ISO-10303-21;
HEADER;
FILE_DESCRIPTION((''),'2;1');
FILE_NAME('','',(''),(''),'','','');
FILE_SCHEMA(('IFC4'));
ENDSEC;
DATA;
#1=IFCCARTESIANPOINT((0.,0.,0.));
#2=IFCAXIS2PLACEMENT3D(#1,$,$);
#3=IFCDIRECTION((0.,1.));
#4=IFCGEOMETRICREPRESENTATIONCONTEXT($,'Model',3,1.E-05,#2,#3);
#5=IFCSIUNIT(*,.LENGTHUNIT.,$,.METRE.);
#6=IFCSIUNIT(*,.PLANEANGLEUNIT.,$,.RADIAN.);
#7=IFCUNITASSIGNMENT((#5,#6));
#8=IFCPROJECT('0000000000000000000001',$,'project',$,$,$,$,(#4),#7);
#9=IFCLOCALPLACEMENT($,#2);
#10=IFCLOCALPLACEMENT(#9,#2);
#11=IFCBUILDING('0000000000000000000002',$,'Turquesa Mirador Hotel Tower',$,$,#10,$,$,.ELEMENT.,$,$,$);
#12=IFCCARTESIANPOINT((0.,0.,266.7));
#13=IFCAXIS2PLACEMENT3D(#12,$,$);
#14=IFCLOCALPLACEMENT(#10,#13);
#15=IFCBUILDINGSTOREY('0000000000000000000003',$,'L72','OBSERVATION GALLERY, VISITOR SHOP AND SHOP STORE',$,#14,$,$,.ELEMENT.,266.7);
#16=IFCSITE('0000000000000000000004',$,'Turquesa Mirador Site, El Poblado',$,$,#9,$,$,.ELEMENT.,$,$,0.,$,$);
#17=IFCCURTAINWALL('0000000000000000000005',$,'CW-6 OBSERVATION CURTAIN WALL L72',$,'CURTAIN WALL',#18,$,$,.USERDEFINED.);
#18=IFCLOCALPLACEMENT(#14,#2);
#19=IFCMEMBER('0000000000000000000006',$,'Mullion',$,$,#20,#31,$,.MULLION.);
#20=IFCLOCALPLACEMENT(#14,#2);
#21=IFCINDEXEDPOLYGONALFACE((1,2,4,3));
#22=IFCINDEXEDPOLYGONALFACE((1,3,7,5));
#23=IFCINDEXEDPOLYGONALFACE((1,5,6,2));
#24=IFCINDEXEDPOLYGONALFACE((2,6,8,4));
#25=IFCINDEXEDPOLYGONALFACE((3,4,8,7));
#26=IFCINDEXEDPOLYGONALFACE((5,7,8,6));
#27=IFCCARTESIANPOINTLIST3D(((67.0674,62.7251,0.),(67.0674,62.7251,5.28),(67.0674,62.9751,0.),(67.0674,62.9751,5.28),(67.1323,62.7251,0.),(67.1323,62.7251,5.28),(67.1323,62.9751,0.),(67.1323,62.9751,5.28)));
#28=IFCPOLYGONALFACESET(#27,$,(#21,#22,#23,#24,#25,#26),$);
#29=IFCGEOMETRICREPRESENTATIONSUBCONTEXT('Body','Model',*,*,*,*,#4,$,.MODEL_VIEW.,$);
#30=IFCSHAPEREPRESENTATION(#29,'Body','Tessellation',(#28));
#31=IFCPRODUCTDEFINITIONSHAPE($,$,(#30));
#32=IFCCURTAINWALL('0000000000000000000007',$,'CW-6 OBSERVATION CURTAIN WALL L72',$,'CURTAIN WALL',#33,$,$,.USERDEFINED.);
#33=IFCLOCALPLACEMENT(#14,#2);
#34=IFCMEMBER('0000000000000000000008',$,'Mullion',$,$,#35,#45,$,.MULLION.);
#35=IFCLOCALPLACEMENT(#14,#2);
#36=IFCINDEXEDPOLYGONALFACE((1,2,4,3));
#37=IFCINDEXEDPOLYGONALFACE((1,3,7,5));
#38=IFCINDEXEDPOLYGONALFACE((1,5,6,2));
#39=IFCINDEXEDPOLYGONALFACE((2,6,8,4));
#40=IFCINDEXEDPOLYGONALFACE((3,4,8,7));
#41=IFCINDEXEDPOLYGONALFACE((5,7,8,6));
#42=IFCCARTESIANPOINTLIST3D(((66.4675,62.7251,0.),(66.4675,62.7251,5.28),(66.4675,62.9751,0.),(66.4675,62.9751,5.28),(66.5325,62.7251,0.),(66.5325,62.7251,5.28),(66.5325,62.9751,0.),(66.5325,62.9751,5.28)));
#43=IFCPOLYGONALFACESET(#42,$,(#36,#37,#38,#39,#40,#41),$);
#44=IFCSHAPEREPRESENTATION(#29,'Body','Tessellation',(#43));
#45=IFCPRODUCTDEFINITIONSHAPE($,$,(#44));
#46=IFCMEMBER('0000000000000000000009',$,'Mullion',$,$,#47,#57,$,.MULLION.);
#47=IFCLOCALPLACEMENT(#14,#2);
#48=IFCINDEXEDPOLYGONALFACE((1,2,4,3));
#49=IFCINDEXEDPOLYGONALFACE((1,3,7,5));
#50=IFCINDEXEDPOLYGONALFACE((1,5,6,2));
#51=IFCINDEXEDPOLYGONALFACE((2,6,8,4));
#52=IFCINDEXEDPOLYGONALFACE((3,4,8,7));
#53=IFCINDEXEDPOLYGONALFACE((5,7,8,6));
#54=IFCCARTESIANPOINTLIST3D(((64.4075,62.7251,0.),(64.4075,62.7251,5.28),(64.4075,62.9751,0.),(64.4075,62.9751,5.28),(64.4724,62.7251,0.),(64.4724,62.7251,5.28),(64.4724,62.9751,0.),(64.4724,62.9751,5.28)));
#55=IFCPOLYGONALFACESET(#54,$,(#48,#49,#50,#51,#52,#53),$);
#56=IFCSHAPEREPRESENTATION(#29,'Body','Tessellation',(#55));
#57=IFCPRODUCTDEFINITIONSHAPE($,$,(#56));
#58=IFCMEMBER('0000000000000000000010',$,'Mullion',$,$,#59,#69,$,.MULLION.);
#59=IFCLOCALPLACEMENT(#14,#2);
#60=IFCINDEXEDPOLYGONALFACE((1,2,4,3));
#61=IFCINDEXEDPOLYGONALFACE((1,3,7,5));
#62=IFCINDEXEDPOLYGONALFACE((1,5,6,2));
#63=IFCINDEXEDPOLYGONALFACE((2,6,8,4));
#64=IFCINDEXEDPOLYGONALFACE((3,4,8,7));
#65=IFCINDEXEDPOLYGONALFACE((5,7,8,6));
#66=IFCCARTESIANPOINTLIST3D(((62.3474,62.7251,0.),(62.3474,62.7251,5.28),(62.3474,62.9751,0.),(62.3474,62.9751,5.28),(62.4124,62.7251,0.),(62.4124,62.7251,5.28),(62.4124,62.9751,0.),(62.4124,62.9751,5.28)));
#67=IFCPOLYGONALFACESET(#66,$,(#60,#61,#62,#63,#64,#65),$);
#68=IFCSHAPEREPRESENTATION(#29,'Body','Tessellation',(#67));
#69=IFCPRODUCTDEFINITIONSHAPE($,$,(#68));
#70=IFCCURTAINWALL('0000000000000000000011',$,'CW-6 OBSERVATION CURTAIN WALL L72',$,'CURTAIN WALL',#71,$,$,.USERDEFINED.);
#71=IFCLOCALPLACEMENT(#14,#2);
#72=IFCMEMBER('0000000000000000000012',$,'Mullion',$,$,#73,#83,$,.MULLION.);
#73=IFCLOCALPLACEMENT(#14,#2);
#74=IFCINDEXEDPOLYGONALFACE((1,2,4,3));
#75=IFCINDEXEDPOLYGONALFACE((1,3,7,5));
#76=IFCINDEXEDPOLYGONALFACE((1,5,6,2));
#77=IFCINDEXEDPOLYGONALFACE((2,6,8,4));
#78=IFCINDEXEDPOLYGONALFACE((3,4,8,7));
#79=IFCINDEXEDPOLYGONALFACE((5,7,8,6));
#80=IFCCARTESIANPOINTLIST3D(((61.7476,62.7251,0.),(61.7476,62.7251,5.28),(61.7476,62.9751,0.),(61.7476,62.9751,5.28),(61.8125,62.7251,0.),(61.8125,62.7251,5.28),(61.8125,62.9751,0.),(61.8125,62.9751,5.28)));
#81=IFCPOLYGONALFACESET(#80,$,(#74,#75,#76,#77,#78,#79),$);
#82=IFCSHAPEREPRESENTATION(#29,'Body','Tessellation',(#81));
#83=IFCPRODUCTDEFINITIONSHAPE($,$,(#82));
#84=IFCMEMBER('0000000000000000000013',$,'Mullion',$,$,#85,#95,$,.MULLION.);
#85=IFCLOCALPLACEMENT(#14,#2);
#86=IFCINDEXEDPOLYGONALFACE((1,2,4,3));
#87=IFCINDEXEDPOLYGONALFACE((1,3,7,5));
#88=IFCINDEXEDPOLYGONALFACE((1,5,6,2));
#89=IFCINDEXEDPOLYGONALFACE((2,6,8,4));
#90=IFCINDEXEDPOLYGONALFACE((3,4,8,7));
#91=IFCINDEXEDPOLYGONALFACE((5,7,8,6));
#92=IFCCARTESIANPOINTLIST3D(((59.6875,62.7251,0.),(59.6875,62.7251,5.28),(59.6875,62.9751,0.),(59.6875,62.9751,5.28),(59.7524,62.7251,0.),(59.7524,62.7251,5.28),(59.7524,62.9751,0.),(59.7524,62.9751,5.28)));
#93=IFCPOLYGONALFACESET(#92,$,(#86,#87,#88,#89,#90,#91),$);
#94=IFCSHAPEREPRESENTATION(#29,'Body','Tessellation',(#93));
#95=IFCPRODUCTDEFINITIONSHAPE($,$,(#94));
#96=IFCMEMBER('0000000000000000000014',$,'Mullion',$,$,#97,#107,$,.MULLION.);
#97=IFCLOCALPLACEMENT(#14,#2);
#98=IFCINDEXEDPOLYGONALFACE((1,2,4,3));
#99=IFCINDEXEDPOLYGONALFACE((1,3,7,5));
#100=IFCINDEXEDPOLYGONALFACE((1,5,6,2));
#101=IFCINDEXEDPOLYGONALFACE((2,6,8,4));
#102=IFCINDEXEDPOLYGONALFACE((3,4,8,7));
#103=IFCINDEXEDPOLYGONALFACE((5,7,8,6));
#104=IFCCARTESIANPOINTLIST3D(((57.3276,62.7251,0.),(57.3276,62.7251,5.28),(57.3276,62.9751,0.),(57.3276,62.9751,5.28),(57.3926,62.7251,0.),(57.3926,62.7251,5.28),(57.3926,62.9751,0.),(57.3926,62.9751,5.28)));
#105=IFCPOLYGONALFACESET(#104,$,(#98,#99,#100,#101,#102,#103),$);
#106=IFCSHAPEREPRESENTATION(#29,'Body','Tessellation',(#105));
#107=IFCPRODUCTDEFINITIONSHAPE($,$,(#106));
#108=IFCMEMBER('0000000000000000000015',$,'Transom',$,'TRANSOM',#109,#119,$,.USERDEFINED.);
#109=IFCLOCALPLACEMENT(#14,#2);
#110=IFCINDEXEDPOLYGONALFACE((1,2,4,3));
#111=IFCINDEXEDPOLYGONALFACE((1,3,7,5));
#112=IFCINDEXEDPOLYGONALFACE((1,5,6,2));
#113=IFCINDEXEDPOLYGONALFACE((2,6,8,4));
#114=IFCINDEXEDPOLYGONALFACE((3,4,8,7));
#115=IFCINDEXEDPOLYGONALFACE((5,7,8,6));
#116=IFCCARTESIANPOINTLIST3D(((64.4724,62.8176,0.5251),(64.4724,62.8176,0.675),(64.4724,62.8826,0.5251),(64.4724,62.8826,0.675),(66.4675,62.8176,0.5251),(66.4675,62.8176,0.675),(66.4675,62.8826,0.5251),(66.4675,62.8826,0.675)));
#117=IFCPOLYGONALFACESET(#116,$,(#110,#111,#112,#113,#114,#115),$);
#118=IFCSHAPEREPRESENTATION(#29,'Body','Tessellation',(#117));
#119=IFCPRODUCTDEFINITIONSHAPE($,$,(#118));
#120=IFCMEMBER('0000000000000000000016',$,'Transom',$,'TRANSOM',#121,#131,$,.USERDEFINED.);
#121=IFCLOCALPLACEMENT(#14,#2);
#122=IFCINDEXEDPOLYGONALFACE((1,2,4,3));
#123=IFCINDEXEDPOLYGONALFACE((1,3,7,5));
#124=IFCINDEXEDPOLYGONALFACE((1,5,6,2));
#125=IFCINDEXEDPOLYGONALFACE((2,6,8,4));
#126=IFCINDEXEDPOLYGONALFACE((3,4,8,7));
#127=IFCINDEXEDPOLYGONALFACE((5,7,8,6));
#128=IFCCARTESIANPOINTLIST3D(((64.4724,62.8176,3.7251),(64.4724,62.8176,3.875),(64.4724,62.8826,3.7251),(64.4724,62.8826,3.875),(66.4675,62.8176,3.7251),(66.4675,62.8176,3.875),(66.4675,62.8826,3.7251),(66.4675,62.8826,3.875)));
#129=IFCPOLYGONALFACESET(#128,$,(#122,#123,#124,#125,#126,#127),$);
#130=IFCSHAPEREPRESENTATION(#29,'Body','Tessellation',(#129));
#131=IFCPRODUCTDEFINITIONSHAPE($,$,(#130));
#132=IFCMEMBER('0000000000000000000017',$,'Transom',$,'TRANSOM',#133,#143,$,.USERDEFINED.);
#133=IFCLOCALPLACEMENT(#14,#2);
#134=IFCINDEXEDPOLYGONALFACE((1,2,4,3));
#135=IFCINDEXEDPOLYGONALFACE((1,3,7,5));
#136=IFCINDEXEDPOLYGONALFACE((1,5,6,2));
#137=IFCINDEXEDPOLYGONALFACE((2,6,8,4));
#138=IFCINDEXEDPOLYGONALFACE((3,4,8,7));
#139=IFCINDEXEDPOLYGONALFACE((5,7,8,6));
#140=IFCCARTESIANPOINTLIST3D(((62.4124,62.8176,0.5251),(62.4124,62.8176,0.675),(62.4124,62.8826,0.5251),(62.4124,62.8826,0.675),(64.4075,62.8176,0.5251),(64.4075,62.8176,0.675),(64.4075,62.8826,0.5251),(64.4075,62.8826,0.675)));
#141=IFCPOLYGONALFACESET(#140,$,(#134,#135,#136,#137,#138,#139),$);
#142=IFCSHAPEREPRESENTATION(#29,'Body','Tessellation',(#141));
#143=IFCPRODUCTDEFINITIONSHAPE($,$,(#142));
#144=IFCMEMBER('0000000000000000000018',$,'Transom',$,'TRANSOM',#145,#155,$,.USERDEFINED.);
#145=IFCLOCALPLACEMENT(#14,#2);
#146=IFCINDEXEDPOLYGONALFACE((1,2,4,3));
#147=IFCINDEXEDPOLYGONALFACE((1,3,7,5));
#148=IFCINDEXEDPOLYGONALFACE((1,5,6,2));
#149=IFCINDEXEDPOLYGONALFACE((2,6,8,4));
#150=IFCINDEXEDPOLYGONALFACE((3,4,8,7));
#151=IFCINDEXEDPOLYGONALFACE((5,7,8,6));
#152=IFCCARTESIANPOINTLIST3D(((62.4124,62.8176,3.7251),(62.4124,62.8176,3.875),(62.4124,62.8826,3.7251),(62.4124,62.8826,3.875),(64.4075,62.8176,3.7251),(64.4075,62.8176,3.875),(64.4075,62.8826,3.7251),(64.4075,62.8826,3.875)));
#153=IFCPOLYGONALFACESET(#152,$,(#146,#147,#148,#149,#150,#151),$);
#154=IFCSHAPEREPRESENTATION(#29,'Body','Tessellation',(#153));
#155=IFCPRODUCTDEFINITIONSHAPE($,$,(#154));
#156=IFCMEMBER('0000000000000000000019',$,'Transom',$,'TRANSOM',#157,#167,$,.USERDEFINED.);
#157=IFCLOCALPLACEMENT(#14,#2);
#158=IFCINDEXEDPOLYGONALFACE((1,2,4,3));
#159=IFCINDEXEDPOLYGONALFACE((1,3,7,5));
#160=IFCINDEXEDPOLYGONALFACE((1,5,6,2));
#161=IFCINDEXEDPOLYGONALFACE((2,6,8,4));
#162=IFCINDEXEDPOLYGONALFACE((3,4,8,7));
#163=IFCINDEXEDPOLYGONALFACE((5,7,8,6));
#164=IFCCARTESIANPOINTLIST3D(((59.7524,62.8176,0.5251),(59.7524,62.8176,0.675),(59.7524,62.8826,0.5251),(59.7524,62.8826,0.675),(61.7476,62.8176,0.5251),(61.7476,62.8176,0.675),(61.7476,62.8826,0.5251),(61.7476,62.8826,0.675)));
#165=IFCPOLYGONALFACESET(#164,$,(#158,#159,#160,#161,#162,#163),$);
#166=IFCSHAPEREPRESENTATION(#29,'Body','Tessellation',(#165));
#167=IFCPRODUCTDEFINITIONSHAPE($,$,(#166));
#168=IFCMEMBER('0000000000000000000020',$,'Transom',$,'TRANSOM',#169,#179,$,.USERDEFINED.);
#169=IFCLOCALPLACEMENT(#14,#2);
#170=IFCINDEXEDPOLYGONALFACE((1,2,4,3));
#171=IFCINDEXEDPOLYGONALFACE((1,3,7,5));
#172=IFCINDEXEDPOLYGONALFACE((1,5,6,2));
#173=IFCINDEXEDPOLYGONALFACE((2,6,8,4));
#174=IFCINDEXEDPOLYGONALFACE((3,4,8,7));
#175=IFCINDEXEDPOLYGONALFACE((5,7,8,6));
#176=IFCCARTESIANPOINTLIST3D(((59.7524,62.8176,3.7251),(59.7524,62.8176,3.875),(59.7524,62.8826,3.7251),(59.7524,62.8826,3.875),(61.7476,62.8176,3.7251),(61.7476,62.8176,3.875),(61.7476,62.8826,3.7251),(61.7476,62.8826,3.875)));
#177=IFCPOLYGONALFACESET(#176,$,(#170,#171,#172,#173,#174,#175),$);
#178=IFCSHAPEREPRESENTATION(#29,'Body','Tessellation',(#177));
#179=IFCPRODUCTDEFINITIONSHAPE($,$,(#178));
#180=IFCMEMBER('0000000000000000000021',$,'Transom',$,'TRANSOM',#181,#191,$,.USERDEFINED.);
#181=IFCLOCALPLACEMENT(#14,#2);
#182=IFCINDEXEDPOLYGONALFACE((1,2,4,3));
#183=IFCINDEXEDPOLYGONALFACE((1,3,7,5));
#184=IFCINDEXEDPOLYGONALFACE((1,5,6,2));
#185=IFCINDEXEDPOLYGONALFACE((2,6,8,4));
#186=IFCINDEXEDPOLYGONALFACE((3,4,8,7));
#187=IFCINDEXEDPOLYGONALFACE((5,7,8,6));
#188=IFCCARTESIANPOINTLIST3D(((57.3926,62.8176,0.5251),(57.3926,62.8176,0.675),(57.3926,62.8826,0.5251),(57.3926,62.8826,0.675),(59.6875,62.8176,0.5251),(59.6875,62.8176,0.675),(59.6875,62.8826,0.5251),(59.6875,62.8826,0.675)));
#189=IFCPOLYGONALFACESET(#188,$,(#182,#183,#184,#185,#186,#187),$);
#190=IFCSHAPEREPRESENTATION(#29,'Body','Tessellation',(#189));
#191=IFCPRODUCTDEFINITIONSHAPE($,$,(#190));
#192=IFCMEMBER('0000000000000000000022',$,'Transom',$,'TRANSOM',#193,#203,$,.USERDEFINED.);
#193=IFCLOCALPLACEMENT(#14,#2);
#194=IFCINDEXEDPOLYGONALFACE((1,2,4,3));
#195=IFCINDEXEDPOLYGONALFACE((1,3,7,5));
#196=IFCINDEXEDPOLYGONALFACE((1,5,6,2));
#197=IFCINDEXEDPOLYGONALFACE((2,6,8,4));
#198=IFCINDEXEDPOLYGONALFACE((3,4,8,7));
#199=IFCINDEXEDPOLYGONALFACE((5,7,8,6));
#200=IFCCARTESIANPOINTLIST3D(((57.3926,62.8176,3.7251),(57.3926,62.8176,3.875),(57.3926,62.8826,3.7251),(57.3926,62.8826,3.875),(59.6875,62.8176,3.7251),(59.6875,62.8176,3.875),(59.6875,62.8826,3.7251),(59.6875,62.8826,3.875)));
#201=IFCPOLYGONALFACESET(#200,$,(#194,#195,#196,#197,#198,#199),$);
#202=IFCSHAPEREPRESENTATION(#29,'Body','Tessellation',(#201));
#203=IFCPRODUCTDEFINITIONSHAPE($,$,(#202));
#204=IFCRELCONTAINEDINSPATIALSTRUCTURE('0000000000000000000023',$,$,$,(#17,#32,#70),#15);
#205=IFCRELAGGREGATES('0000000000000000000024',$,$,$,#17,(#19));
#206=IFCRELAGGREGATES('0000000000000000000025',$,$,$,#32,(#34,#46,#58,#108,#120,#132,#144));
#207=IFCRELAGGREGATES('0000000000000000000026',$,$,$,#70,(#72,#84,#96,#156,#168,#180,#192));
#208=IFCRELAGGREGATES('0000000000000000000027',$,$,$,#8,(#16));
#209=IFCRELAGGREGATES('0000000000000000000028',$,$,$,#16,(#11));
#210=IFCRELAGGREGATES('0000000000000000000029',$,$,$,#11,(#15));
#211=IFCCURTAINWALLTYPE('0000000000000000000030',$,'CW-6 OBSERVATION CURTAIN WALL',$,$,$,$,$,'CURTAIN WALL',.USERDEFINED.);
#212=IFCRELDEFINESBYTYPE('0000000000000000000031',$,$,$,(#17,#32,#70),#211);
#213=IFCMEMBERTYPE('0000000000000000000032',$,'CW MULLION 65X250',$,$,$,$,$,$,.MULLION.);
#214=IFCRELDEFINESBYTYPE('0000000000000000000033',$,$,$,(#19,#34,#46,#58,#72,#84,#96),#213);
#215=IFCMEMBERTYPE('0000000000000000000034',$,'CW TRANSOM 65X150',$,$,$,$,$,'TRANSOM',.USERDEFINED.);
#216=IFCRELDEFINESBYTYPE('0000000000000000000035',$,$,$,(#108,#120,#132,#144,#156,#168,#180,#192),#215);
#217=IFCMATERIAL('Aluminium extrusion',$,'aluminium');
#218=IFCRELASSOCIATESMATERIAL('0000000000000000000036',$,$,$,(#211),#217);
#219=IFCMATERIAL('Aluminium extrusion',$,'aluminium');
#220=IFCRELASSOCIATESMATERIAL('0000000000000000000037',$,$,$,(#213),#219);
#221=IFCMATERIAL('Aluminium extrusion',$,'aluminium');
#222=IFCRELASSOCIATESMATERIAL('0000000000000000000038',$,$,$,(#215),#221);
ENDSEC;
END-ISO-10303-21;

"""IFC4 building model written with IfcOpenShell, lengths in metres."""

from ifc_helpers import new_model, si_unit, direction, frame, origin, origin_2d, place, context, subcontext, project, spatial, rectangle, extrude, material, material_profile, profile_set, type_object, element, aggregate, save


model = new_model("IFC4")

# Units and contexts
model_context = context("Model", 3, precision=1e-05, world=origin(), true_north=direction((0.0, 1.0)))
body_context = subcontext(model_context, "Body", "Model", "MODEL_VIEW")
ifc_project = project(units=[si_unit("LENGTHUNIT", "METRE"), si_unit("PLANEANGLEUNIT", "RADIAN")], contexts=[model_context])

# Site, building, storey
site_placement = place(None, origin())
site = spatial("IfcSite", under=ifc_project, at=site_placement, Name="Turquesa Mirador Site, El Poblado", CompositionType="ELEMENT", RefElevation=0.0)
building_placement = place(site_placement, origin())
building = spatial("IfcBuilding", under=site, at=building_placement, Name="Turquesa Mirador Hotel Tower", CompositionType="ELEMENT")
storey_placement = place(building_placement, frame((0.0, 0.0, 266.7)))
storey = spatial("IfcBuildingStorey", under=building, at=storey_placement, Name="L72", Description="OBSERVATION GALLERY, VISITOR SHOP AND SHOP STORE", CompositionType="ELEMENT", Elevation=266.7)

# Curtain wall, member
ifc_material_1 = material(Name="Aluminium extrusion", Category="aluminium")
curtain_wall_type = type_object("IfcCurtainWallType", Name="CW-6 OBSERVATION CURTAIN WALL", ElementType="CURTAIN WALL", PredefinedType="USERDEFINED", material=ifc_material_1)
curtain_wall_1_placement = place(storey_placement, origin())
curtain_wall_1 = element("IfcCurtainWall", 1, at=curtain_wall_1_placement, inside=storey, type_object=curtain_wall_type, Name="CW-6 OBSERVATION CURTAIN WALL L72", ObjectType="CURTAIN WALL", PredefinedType="USERDEFINED")
ifc_material_2 = material(Name="Aluminium extrusion", Category="aluminium")
ifc_material_profile_1 = material_profile(ifc_material_2, rectangle(XDim=0.0649, YDim=0.25, at=origin_2d()), Name="MULLION 65X250")
ifc_profile_set_1 = profile_set([ifc_material_profile_1], Name="Aluminium extrusion")
member_type_1 = type_object("IfcMemberType", Name="CW MULLION 65X250", PredefinedType="MULLION", material=ifc_profile_set_1)
member_1_placement = place(storey_placement, frame((67.0999, 62.8501, 0.0), z_axis=(0.0, 0.0, 1.0), x_axis=(-1.0, 0.0, 0.0)))
member_1 = element("IfcMember", 2, at=member_1_placement, type_object=member_type_1, Name="Mullion", PredefinedType="MULLION", context=body_context, shape_type="SweptSolid", body=[
    extrude(rectangle(XDim=0.0649, YDim=0.25, at=origin_2d()), origin(), (0.0, 0.0, 1.0), 5.28),
])

# Curtain walls, members
curtain_wall_2_placement = place(storey_placement, origin())
curtain_wall_2 = element("IfcCurtainWall", 3, at=curtain_wall_2_placement, inside=storey, type_object=curtain_wall_type, Name="CW-6 OBSERVATION CURTAIN WALL L72", ObjectType="CURTAIN WALL", PredefinedType="USERDEFINED")
member_2_placement = place(storey_placement, frame((66.5, 62.8501, 0.0), z_axis=(0.0, 0.0, 1.0), x_axis=(-1.0, 0.0, 0.0)))
member_2 = element("IfcMember", 4, at=member_2_placement, type_object=member_type_1, Name="Mullion", PredefinedType="MULLION", context=body_context, shape_type="SweptSolid", body=[
    extrude(rectangle(XDim=0.0649, YDim=0.25, at=origin_2d()), origin(), (0.0, 0.0, 1.0), 5.28),
])
member_3_placement = place(storey_placement, frame((64.4399, 62.8501, 0.0), z_axis=(0.0, 0.0, 1.0), x_axis=(-1.0, 0.0, 0.0)))
member_3 = element("IfcMember", 5, at=member_3_placement, type_object=member_type_1, Name="Mullion", PredefinedType="MULLION", context=body_context, shape_type="SweptSolid", body=[
    extrude(rectangle(XDim=0.0649, YDim=0.25, at=origin_2d()), origin(), (0.0, 0.0, 1.0), 5.28),
])
member_4_placement = place(storey_placement, frame((62.3799, 62.8501, 0.0), z_axis=(0.0, 0.0, 1.0), x_axis=(-1.0, 0.0, 0.0)))
member_4 = element("IfcMember", 6, at=member_4_placement, type_object=member_type_1, Name="Mullion", PredefinedType="MULLION", context=body_context, shape_type="SweptSolid", body=[
    extrude(rectangle(XDim=0.0649, YDim=0.25, at=origin_2d()), origin(), (0.0, 0.0, 1.0), 5.28),
])
curtain_wall_3_placement = place(storey_placement, origin())
curtain_wall_3 = element("IfcCurtainWall", 7, at=curtain_wall_3_placement, inside=storey, type_object=curtain_wall_type, Name="CW-6 OBSERVATION CURTAIN WALL L72", ObjectType="CURTAIN WALL", PredefinedType="USERDEFINED")
member_5_placement = place(storey_placement, frame((61.78, 62.8501, 0.0), z_axis=(0.0, 0.0, 1.0), x_axis=(-1.0, 0.0, 0.0)))
member_5 = element("IfcMember", 8, at=member_5_placement, type_object=member_type_1, Name="Mullion", PredefinedType="MULLION", context=body_context, shape_type="SweptSolid", body=[
    extrude(rectangle(XDim=0.0649, YDim=0.25, at=origin_2d()), origin(), (0.0, 0.0, 1.0), 5.28),
])
member_6_placement = place(storey_placement, frame((59.72, 62.8501, 0.0), z_axis=(0.0, 0.0, 1.0), x_axis=(-1.0, 0.0, 0.0)))
member_6 = element("IfcMember", 9, at=member_6_placement, type_object=member_type_1, Name="Mullion", PredefinedType="MULLION", context=body_context, shape_type="SweptSolid", body=[
    extrude(rectangle(XDim=0.0649, YDim=0.25, at=origin_2d()), origin(), (0.0, 0.0, 1.0), 5.28),
])
member_7_placement = place(storey_placement, frame((57.3601, 62.8501, 0.0), z_axis=(0.0, 0.0, 1.0), x_axis=(-1.0, 0.0, 0.0)))
member_7 = element("IfcMember", 10, at=member_7_placement, type_object=member_type_1, Name="Mullion", PredefinedType="MULLION", context=body_context, shape_type="SweptSolid", body=[
    extrude(rectangle(XDim=0.0649, YDim=0.25, at=origin_2d()), origin(), (0.0, 0.0, 1.0), 5.28),
])

# Members
ifc_material_3 = material(Name="Aluminium extrusion", Category="aluminium")
ifc_material_profile_2 = material_profile(ifc_material_3, rectangle(XDim=0.0649, YDim=0.1499, at=origin_2d()), Name="TRANSOM 65X150")
ifc_profile_set_2 = profile_set([ifc_material_profile_2], Name="Aluminium extrusion")
member_type_2 = type_object("IfcMemberType", Name="CW TRANSOM 65X150", ElementType="TRANSOM", PredefinedType="USERDEFINED", material=ifc_profile_set_2)
member_8_placement = place(storey_placement, frame((66.4675, 62.8501, 0.6001), z_axis=(-1.0, 0.0, 0.0), x_axis=(0.0, -1.0, 0.0)))
member_8 = element("IfcMember", 11, at=member_8_placement, type_object=member_type_2, Name="Transom", ObjectType="TRANSOM", PredefinedType="USERDEFINED", context=body_context, shape_type="SweptSolid", body=[
    extrude(rectangle(XDim=0.0649, YDim=0.1499, at=origin_2d()), origin(), (0.0, 0.0, 1.0), 1.9951),
])
member_9_placement = place(storey_placement, frame((66.4675, 62.8501, 3.8), z_axis=(-1.0, 0.0, 0.0), x_axis=(0.0, -1.0, 0.0)))
member_9 = element("IfcMember", 12, at=member_9_placement, type_object=member_type_2, Name="Transom", ObjectType="TRANSOM", PredefinedType="USERDEFINED", context=body_context, shape_type="SweptSolid", body=[
    extrude(rectangle(XDim=0.0649, YDim=0.1499, at=origin_2d()), origin(), (0.0, 0.0, 1.0), 1.9951),
])
member_10_placement = place(storey_placement, frame((64.4075, 62.8501, 0.6001), z_axis=(-1.0, 0.0, 0.0), x_axis=(0.0, -1.0, 0.0)))
member_10 = element("IfcMember", 13, at=member_10_placement, type_object=member_type_2, Name="Transom", ObjectType="TRANSOM", PredefinedType="USERDEFINED", context=body_context, shape_type="SweptSolid", body=[
    extrude(rectangle(XDim=0.0649, YDim=0.1499, at=origin_2d()), origin(), (0.0, 0.0, 1.0), 1.9951),
])
member_11_placement = place(storey_placement, frame((64.4075, 62.8501, 3.8), z_axis=(-1.0, 0.0, 0.0), x_axis=(0.0, -1.0, 0.0)))
member_11 = element("IfcMember", 14, at=member_11_placement, type_object=member_type_2, Name="Transom", ObjectType="TRANSOM", PredefinedType="USERDEFINED", context=body_context, shape_type="SweptSolid", body=[
    extrude(rectangle(XDim=0.0649, YDim=0.1499, at=origin_2d()), origin(), (0.0, 0.0, 1.0), 1.9951),
])
member_12_placement = place(storey_placement, frame((61.7476, 62.8501, 0.6001), z_axis=(-1.0, 0.0, 0.0), x_axis=(0.0, -1.0, 0.0)))
member_12 = element("IfcMember", 15, at=member_12_placement, type_object=member_type_2, Name="Transom", ObjectType="TRANSOM", PredefinedType="USERDEFINED", context=body_context, shape_type="SweptSolid", body=[
    extrude(rectangle(XDim=0.0649, YDim=0.1499, at=origin_2d()), origin(), (0.0, 0.0, 1.0), 1.9951),
])
member_13_placement = place(storey_placement, frame((61.7476, 62.8501, 3.8), z_axis=(-1.0, 0.0, 0.0), x_axis=(0.0, -1.0, 0.0)))
member_13 = element("IfcMember", 16, at=member_13_placement, type_object=member_type_2, Name="Transom", ObjectType="TRANSOM", PredefinedType="USERDEFINED", context=body_context, shape_type="SweptSolid", body=[
    extrude(rectangle(XDim=0.0649, YDim=0.1499, at=origin_2d()), origin(), (0.0, 0.0, 1.0), 1.9951),
])
member_14_placement = place(storey_placement, frame((59.6875, 62.8501, 0.6001), z_axis=(-1.0, 0.0, 0.0), x_axis=(0.0, -1.0, 0.0)))
member_14 = element("IfcMember", 17, at=member_14_placement, type_object=member_type_2, Name="Transom", ObjectType="TRANSOM", PredefinedType="USERDEFINED", context=body_context, shape_type="SweptSolid", body=[
    extrude(rectangle(XDim=0.0649, YDim=0.1499, at=origin_2d()), origin(), (0.0, 0.0, 1.0), 2.2949),
])
member_15_placement = place(storey_placement, frame((59.6875, 62.8501, 3.8), z_axis=(-1.0, 0.0, 0.0), x_axis=(0.0, -1.0, 0.0)))
member_15 = element("IfcMember", 18, at=member_15_placement, type_object=member_type_2, Name="Transom", ObjectType="TRANSOM", PredefinedType="USERDEFINED", context=body_context, shape_type="SweptSolid", body=[
    extrude(rectangle(XDim=0.0649, YDim=0.1499, at=origin_2d()), origin(), (0.0, 0.0, 1.0), 2.2949),
])

aggregate(curtain_wall_1, [member_1])
aggregate(curtain_wall_2, [member_2, member_3, member_4, member_8, member_9, member_10, member_11])
aggregate(curtain_wall_3, [member_5, member_6, member_7, member_12, member_13, member_14, member_15])

save(model, "model.ifc")
